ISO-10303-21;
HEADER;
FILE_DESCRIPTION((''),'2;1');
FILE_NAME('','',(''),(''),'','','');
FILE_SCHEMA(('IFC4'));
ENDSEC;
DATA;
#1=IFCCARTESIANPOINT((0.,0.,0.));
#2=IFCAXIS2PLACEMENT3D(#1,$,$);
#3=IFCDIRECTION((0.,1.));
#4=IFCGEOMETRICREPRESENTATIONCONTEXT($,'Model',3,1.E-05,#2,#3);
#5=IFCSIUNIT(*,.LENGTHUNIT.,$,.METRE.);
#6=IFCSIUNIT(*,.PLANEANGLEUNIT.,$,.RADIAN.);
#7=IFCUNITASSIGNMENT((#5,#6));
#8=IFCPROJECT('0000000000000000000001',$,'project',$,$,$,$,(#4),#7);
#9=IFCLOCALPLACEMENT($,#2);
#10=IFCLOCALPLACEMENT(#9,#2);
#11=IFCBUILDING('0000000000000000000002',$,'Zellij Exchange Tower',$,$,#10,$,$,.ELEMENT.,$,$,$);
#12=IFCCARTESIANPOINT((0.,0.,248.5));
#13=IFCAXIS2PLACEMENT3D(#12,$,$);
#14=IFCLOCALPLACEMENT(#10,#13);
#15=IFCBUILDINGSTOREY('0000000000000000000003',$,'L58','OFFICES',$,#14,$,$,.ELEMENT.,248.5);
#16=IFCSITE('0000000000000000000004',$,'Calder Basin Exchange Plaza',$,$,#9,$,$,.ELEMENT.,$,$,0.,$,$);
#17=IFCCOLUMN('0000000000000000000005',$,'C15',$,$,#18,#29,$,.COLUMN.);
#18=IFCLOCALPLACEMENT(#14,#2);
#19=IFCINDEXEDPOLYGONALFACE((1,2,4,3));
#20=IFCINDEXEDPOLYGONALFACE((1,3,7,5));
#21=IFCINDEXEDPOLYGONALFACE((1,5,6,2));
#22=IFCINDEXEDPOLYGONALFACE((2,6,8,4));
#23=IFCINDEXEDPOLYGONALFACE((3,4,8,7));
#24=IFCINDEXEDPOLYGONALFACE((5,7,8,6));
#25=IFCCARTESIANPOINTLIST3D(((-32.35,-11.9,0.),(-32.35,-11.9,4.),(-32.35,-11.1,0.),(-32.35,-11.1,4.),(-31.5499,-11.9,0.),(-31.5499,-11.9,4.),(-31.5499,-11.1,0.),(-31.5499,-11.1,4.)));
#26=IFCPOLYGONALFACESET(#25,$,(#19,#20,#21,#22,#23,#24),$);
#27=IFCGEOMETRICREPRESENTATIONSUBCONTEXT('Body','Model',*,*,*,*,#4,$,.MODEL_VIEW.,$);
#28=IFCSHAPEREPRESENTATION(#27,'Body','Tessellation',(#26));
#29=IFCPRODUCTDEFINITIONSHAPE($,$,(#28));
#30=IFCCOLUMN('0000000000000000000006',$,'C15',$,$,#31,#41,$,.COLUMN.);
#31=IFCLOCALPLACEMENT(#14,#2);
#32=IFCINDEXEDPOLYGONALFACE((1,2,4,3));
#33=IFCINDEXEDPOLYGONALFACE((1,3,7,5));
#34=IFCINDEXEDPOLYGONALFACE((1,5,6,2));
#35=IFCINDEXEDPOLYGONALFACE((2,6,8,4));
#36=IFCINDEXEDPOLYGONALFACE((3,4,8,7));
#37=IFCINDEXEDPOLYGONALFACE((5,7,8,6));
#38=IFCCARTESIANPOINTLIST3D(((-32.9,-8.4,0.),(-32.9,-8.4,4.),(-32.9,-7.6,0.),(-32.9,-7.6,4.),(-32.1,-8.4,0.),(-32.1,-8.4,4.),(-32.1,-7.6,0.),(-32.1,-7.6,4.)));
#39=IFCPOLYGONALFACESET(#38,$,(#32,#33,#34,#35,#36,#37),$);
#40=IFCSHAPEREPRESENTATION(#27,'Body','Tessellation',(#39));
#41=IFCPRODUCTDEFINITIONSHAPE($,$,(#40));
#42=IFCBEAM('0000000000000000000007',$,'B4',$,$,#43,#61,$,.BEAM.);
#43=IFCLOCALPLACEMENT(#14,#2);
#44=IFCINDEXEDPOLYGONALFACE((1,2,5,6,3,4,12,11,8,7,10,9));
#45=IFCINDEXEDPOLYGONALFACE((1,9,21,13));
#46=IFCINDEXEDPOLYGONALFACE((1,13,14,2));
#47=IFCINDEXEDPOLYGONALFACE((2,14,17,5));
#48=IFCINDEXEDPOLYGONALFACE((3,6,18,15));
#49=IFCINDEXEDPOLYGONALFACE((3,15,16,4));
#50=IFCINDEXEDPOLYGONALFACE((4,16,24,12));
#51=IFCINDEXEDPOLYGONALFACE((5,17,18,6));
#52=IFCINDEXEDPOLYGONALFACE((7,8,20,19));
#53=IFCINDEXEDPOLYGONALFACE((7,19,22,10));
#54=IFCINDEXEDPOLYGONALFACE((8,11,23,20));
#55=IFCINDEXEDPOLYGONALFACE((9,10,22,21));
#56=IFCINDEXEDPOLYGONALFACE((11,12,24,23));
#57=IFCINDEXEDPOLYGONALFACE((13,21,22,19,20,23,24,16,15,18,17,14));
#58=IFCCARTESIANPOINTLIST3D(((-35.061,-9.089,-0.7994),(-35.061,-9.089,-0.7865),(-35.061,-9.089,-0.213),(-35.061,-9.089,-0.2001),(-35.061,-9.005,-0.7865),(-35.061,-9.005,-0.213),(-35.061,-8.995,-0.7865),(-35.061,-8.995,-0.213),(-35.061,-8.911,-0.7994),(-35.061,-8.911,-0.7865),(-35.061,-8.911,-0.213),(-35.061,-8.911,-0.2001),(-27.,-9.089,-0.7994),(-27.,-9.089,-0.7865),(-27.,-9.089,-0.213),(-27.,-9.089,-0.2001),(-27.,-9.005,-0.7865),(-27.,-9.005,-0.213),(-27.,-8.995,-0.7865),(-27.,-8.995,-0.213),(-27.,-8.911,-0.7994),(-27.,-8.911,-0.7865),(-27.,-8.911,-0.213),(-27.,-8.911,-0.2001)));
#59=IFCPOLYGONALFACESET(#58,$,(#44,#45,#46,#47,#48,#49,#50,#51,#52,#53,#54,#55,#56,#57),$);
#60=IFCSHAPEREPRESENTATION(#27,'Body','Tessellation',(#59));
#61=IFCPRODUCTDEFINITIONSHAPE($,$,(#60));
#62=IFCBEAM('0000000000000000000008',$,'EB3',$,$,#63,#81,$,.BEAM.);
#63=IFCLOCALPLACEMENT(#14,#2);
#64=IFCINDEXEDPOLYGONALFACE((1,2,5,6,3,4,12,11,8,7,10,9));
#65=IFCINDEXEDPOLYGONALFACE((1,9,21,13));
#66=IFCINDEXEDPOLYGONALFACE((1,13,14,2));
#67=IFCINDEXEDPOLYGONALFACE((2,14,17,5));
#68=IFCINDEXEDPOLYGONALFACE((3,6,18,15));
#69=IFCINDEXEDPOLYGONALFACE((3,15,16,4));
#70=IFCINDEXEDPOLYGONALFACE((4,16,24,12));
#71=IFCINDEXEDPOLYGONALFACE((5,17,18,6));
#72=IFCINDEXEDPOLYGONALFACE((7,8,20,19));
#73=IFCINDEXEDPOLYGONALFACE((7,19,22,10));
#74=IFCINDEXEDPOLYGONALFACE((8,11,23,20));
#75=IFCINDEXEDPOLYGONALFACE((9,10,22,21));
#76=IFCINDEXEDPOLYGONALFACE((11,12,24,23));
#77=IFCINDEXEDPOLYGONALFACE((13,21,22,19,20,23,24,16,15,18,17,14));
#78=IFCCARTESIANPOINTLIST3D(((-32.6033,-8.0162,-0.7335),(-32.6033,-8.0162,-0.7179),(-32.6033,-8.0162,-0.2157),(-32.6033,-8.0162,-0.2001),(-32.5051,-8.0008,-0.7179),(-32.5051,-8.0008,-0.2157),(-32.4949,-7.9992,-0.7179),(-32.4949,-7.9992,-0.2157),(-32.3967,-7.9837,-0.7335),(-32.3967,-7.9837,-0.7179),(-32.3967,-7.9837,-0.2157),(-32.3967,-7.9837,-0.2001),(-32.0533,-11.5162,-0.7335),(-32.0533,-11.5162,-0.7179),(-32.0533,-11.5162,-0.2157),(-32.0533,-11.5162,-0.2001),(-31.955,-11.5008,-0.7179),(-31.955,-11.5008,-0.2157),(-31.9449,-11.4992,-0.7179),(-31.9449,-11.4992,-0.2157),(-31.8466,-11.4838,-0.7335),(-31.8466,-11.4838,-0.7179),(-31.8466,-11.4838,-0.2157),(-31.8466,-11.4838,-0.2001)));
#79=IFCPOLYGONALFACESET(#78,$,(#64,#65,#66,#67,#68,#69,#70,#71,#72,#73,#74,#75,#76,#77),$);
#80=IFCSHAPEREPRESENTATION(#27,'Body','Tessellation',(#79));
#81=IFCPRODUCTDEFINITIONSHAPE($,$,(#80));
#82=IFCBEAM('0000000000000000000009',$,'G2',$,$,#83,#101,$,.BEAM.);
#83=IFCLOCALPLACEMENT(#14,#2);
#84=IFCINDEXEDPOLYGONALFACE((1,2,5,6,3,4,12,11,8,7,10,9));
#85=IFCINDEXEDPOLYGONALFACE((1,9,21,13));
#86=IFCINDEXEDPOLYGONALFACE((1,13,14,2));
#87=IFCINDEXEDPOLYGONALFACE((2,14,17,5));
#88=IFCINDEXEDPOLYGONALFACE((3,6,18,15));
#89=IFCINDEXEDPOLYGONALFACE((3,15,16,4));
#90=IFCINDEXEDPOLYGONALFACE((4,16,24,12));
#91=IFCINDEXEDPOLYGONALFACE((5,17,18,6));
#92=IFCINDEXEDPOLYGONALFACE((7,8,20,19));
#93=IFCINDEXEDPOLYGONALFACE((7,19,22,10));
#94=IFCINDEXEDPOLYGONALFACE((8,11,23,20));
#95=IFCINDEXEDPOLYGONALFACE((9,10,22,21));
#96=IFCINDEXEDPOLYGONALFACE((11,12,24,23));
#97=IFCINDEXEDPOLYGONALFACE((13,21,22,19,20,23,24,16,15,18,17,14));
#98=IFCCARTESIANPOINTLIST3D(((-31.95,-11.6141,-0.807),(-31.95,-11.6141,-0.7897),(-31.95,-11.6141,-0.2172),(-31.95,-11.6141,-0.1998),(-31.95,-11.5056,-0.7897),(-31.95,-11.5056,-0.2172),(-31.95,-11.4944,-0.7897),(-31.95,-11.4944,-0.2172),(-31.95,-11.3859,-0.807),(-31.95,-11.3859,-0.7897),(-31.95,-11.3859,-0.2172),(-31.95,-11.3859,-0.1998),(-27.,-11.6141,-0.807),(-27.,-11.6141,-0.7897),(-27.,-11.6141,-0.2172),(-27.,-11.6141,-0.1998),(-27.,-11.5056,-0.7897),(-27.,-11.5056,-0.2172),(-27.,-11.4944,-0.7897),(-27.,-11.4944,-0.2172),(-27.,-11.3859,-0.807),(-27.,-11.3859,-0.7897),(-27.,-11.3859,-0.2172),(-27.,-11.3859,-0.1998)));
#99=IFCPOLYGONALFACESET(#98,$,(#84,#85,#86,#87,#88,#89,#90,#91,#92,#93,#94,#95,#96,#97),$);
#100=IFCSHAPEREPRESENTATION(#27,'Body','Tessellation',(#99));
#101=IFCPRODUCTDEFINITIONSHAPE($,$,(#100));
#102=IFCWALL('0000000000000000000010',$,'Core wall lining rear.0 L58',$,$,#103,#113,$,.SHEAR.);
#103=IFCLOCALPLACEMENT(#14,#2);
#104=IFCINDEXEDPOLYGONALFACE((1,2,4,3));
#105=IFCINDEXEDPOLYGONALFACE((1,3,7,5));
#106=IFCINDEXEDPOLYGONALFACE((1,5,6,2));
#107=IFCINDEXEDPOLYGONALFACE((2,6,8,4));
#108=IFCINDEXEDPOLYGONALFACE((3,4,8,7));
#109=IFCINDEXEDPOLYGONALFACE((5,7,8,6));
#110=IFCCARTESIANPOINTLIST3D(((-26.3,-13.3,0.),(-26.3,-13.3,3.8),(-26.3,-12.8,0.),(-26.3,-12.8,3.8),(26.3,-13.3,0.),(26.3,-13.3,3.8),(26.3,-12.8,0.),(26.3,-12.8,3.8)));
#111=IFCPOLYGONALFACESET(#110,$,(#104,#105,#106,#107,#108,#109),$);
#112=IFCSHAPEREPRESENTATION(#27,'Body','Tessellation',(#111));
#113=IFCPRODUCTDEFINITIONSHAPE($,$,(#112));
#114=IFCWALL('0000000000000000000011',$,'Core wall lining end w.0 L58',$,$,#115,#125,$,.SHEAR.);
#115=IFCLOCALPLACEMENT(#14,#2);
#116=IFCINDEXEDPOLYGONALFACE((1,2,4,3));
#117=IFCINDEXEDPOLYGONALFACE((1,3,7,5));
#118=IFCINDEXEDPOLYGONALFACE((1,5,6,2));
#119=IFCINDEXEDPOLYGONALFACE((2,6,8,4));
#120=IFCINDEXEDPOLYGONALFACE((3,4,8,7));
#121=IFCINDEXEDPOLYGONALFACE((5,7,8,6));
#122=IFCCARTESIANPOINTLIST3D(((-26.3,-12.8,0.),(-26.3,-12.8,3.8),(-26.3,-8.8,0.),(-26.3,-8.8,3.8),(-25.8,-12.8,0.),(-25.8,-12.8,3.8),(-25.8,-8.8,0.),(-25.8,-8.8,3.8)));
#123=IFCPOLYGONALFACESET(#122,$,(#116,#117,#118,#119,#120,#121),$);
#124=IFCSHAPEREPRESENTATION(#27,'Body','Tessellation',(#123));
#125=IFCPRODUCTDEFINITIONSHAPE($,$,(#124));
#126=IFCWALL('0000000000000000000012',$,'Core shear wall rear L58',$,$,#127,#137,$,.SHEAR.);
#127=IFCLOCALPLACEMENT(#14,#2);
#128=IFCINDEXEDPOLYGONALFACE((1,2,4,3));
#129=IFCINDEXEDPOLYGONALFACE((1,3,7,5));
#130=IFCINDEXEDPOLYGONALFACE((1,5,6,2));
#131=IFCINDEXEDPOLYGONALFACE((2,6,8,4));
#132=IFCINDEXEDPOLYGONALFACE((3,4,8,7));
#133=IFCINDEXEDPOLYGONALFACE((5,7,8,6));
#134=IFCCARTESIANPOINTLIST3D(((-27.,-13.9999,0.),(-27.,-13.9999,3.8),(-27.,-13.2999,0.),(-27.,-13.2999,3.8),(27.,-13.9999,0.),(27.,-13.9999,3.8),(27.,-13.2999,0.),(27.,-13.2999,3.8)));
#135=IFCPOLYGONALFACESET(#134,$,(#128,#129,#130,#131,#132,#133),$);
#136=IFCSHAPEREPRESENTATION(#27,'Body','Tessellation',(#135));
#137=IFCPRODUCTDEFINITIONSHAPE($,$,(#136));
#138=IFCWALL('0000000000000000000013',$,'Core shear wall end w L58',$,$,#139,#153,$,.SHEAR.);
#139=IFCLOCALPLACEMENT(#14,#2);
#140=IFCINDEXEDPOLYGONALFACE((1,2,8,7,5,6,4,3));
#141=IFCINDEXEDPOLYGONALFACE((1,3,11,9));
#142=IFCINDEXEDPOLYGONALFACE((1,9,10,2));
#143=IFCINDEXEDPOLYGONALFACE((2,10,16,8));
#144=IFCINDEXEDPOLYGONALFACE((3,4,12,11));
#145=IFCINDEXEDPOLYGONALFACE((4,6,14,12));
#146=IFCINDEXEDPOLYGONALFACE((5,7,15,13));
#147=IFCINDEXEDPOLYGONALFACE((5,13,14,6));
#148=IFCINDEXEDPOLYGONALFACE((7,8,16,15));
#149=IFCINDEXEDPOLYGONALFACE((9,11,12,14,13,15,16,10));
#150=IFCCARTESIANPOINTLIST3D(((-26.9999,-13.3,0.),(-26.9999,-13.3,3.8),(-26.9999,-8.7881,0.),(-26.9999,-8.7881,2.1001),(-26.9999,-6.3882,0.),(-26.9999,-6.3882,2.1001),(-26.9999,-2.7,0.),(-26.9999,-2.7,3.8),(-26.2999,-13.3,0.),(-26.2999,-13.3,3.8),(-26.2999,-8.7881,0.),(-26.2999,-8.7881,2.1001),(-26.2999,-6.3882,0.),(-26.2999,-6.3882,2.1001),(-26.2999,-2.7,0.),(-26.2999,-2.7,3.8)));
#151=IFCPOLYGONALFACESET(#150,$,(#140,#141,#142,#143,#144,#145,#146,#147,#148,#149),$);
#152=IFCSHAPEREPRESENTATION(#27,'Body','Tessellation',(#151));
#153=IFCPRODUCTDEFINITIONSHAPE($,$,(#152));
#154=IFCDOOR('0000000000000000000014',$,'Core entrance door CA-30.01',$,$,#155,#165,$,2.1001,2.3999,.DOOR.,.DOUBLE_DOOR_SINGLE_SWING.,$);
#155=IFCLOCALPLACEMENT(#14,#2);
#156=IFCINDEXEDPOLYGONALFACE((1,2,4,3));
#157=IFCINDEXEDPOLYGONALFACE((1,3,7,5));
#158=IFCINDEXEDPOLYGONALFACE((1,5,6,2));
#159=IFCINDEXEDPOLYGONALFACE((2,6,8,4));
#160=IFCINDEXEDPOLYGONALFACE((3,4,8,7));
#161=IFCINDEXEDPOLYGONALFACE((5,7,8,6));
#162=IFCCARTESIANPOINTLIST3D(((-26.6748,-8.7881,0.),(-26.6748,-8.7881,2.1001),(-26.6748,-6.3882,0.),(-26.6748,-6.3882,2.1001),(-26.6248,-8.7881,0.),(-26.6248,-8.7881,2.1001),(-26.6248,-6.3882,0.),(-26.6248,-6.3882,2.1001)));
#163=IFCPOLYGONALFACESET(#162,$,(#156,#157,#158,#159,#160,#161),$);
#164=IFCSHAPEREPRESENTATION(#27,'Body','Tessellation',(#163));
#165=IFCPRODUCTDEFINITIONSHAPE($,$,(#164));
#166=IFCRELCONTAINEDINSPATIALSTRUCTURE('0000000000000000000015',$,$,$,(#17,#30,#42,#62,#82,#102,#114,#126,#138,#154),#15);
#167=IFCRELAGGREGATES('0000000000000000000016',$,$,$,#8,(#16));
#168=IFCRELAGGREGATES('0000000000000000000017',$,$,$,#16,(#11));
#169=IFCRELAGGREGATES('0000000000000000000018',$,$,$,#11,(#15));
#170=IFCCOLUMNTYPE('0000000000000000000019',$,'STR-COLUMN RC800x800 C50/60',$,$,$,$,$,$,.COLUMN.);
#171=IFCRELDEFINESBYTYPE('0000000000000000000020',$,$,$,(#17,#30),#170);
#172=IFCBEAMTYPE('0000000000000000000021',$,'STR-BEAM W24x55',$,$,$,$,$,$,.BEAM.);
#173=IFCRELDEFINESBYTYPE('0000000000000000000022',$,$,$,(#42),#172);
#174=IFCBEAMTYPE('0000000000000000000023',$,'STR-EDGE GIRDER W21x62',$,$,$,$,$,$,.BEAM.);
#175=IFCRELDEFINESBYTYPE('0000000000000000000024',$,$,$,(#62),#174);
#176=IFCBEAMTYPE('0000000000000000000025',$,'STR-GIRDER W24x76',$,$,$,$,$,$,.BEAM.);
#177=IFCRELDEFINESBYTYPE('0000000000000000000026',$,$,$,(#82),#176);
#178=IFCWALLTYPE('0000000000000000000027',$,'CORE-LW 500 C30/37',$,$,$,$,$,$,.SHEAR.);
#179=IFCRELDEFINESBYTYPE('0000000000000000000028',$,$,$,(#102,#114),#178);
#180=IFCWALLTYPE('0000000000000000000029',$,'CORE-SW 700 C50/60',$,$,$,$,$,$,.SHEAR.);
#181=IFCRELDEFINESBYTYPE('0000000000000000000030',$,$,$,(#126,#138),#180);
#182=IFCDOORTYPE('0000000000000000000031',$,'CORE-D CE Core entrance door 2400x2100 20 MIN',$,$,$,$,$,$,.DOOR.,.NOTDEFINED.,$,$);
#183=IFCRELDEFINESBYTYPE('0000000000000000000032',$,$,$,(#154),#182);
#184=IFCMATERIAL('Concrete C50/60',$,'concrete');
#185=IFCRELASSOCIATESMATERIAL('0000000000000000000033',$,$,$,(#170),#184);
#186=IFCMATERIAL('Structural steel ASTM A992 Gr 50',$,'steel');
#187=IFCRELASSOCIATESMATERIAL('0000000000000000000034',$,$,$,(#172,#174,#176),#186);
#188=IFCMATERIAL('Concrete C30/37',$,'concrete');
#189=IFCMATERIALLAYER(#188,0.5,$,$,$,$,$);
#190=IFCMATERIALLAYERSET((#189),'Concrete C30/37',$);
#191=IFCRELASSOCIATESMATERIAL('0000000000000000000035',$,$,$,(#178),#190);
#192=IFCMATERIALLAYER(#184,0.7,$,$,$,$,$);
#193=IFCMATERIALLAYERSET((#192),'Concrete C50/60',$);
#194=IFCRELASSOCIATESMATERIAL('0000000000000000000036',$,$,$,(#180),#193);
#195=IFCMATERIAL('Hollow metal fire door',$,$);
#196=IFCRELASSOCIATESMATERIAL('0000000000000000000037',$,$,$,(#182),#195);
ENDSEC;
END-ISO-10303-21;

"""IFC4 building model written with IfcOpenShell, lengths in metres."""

from ifc_helpers import new_model, si_unit, direction, frame, frame_2d, origin, origin_2d, place, context, subcontext, project, spatial, rectangle, i_section, extrude, material, layer, layer_set, material_profile, profile_set, type_object, element, fill, save


model = new_model("IFC4")

# Units and contexts
model_context = context("Model", 3, precision=1e-05, world=origin(), true_north=direction((0.0, 1.0)))
body_context = subcontext(model_context, "Body", "Model", "MODEL_VIEW")
ifc_project = project(units=[si_unit("LENGTHUNIT", "METRE"), si_unit("PLANEANGLEUNIT", "RADIAN")], contexts=[model_context])

# Site, building, storey
site_placement = place(None, origin())
site = spatial("IfcSite", under=ifc_project, at=site_placement, Name="Calder Basin Exchange Plaza", CompositionType="ELEMENT", RefElevation=0.0)
building_placement = place(site_placement, origin())
building = spatial("IfcBuilding", under=site, at=building_placement, Name="Zellij Exchange Tower", CompositionType="ELEMENT")
storey_placement = place(building_placement, frame((0.0, 0.0, 248.5)))
storey = spatial("IfcBuildingStorey", under=building, at=storey_placement, Name="L58", Description="OFFICES", CompositionType="ELEMENT", Elevation=248.5)

# Columns
ifc_material_1 = material(Name="Concrete C50/60", Category="concrete")
ifc_material_profile_1 = material_profile(ifc_material_1, rectangle(XDim=0.8, YDim=0.8, at=origin_2d()), Name="STR-COLUMN RC800x800 C50/60")
ifc_profile_set_1 = profile_set([ifc_material_profile_1], Name="Concrete C50/60")
column_type = type_object("IfcColumnType", Name="STR-COLUMN RC800x800 C50/60", PredefinedType="COLUMN", material=ifc_profile_set_1)
for number, where, z_axis, x_axis, name in (
    (1, (-31.95, -11.5, 0.0), (0.0, 0.0, 1.0), (1.0, 0.0, 0.0), "C15"),
    (2, (-32.5, -8.0, 0.0), (0.0, 0.0, 1.0), (1.0, 0.0, 0.0), "C15"),
):
    element("IfcColumn", number, at=place(storey_placement, frame(where, z_axis=z_axis, x_axis=x_axis)), inside=storey, type_object=column_type, Name=name, PredefinedType="COLUMN", context=body_context, shape_type="SweptSolid", body=[
        extrude(rectangle(XDim=0.8, YDim=0.8, at=origin_2d()), origin(), (0.0, 0.0, 1.0), 4.0),
    ])

# Beams
ifc_material_2 = material(Name="Structural steel ASTM A992 Gr 50", Category="steel")
ifc_material_profile_2 = material_profile(ifc_material_2, i_section(OverallWidth=0.178, OverallDepth=0.5994, WebThickness=0.01, FlangeThickness=0.0129, at=origin_2d()), Name="W24x55")
ifc_profile_set_2 = profile_set([ifc_material_profile_2], Name="Structural steel ASTM A992 Gr 50")
beam_type_1 = type_object("IfcBeamType", Name="STR-BEAM W24x55", PredefinedType="BEAM", material=ifc_profile_set_2)
beam_1_placement = place(storey_placement, frame((-35.061, -9.0, -0.4998), z_axis=(1.0, 0.0, 0.0), x_axis=(0.0, 1.0, 0.0)))
element("IfcBeam", 3, at=beam_1_placement, inside=storey, type_object=beam_type_1, Name="B4", PredefinedType="BEAM", context=body_context, shape_type="SweptSolid", body=[
    extrude(i_section(OverallWidth=0.178, OverallDepth=0.5994, WebThickness=0.01, FlangeThickness=0.0129, at=origin_2d()), origin(), (0.0, 0.0, 1.0), 8.061),
])
ifc_material_profile_3 = material_profile(ifc_material_2, i_section(OverallWidth=0.2092, OverallDepth=0.5334, WebThickness=0.0103, FlangeThickness=0.0156, at=origin_2d()), Name="W21x62")
ifc_profile_set_3 = profile_set([ifc_material_profile_3], Name="Structural steel ASTM A992 Gr 50")
beam_type_2 = type_object("IfcBeamType", Name="STR-EDGE GIRDER W21x62", PredefinedType="BEAM", material=ifc_profile_set_3)
beam_2_placement = place(storey_placement, frame((-31.95, -11.5, -0.4668), z_axis=(-0.155251, 0.987875, 0.0), x_axis=(-0.987875, -0.155251, 0.0)))
element("IfcBeam", 4, at=beam_2_placement, inside=storey, type_object=beam_type_2, Name="EB3", PredefinedType="BEAM", context=body_context, shape_type="SweptSolid", body=[
    extrude(i_section(OverallWidth=0.2092, OverallDepth=0.5334, WebThickness=0.0103, FlangeThickness=0.0156, at=origin_2d()), origin(), (0.0, 0.0, 1.0), 3.543),
])
ifc_material_profile_4 = material_profile(ifc_material_2, i_section(OverallWidth=0.2283, OverallDepth=0.6072, WebThickness=0.0112, FlangeThickness=0.0173, at=origin_2d()), Name="W24x76")
ifc_profile_set_4 = profile_set([ifc_material_profile_4], Name="Structural steel ASTM A992 Gr 50")
beam_type_3 = type_object("IfcBeamType", Name="STR-GIRDER W24x76", PredefinedType="BEAM", material=ifc_profile_set_4)
beam_3_placement = place(storey_placement, frame((-31.95, -11.5, -0.5034), z_axis=(1.0, 0.0, 0.0), x_axis=(0.0, 1.0, 0.0)))
element("IfcBeam", 5, at=beam_3_placement, inside=storey, type_object=beam_type_3, Name="G2", PredefinedType="BEAM", context=body_context, shape_type="SweptSolid", body=[
    extrude(i_section(OverallWidth=0.2283, OverallDepth=0.6072, WebThickness=0.0112, FlangeThickness=0.0173, at=origin_2d()), origin(), (0.0, 0.0, 1.0), 4.95),
])

# Walls
ifc_material_3 = material(Name="Concrete C30/37", Category="concrete")
ifc_layer_1 = layer(ifc_material_3, 0.5)
ifc_layer_set_1 = layer_set([ifc_layer_1], Name="Concrete C30/37")
wall_type_1 = type_object("IfcWallType", Name="CORE-LW 500 C30/37", PredefinedType="SHEAR", material=ifc_layer_set_1)
wall_1_placement = place(storey_placement, frame((-26.3, -13.05, 0.0), z_axis=(0.0, 0.0, 1.0), x_axis=(1.0, 0.0, 0.0)))
element("IfcWall", 6, at=wall_1_placement, inside=storey, type_object=wall_type_1, Name="Core wall lining rear.0 L58", PredefinedType="SHEAR", context=body_context, shape_type="SweptSolid", body=[
    extrude(rectangle(XDim=52.6001, YDim=0.5, at=frame_2d((26.3, 0.0))), origin(), (0.0, 0.0, 1.0), 3.8),
])
wall_2_placement = place(storey_placement, frame((-26.05, -12.8, 0.0), z_axis=(0.0, 0.0, 1.0), x_axis=(0.0, 1.0, 0.0)))
element("IfcWall", 7, at=wall_2_placement, inside=storey, type_object=wall_type_1, Name="Core wall lining end w.0 L58", PredefinedType="SHEAR", context=body_context, shape_type="SweptSolid", body=[
    extrude(rectangle(XDim=4.0, YDim=0.5, at=frame_2d((2.0, 0.0))), origin(), (0.0, 0.0, 1.0), 3.8),
])
ifc_layer_2 = layer(ifc_material_1, 0.7)
ifc_layer_set_2 = layer_set([ifc_layer_2], Name="Concrete C50/60")
wall_type_2 = type_object("IfcWallType", Name="CORE-SW 700 C50/60", PredefinedType="SHEAR", material=ifc_layer_set_2)
wall_3_placement = place(storey_placement, frame((-27.0, -13.6499, 0.0), z_axis=(0.0, 0.0, 1.0), x_axis=(1.0, 0.0, 0.0)))
element("IfcWall", 8, at=wall_3_placement, inside=storey, type_object=wall_type_2, Name="Core shear wall rear L58", PredefinedType="SHEAR", context=body_context, shape_type="SweptSolid", body=[
    extrude(rectangle(XDim=54.0, YDim=0.7, at=frame_2d((27.0, 0.0))), origin(), (0.0, 0.0, 1.0), 3.8),
])

# Wall, opening, door
wall_4_placement = place(storey_placement, frame((-26.6499, -13.3, 0.0), z_axis=(0.0, 0.0, 1.0), x_axis=(0.0, 1.0, 0.0)))
wall_4 = element("IfcWall", 9, at=wall_4_placement, inside=storey, type_object=wall_type_2, Name="Core shear wall end w L58", PredefinedType="SHEAR", context=body_context, shape_type="SweptSolid", body=[
    extrude(rectangle(XDim=10.6001, YDim=0.7, at=frame_2d((5.3, 0.0))), origin(), (0.0, 0.0, 1.0), 3.8),
])
opening_1_placement = place(wall_4_placement, frame((4.512, 0.0, 0.0)))
opening_1 = element("IfcOpeningElement", 10, at=opening_1_placement, cuts=wall_4, PredefinedType="OPENING", context=body_context, shape_type="SweptSolid", body=[
    extrude(rectangle(XDim=2.3999, YDim=2.1001, at=frame_2d((1.2, 1.05))), frame((0.0, 0.3618, 0.0), z_axis=(0.0, -1.0, 0.0), x_axis=(1.0, 0.0, 0.0)), (0.0, 0.0, 1.0), 0.7239),
])
ifc_material_4 = material(Name="Hollow metal fire door")
door_type_1 = type_object("IfcDoorType", Name="CORE-D CE Core entrance door 2400x2100 20 MIN", OperationType="NOTDEFINED", PredefinedType="DOOR", material=ifc_material_4)
door_1_placement = place(opening_1_placement, origin())
door_1 = element("IfcDoor", 11, at=door_1_placement, inside=storey, type_object=door_type_1, Name="Core entrance door CA-30.01", OperationType="DOUBLE_DOOR_SINGLE_SWING", OverallHeight=2.1001, OverallWidth=2.3999, PredefinedType="DOOR", context=body_context, shape_type="SweptSolid", body=[
    extrude(rectangle(XDim=2.3999, YDim=2.1001, at=frame_2d((1.2, 1.05))), frame((0.0, 0.0249, 0.0), z_axis=(0.0, -1.0, 0.0), x_axis=(1.0, 0.0, 0.0)), (0.0, 0.0, 1.0), 0.05),
])
fill(opening_1, door_1)

save(model, "model.ifc")
